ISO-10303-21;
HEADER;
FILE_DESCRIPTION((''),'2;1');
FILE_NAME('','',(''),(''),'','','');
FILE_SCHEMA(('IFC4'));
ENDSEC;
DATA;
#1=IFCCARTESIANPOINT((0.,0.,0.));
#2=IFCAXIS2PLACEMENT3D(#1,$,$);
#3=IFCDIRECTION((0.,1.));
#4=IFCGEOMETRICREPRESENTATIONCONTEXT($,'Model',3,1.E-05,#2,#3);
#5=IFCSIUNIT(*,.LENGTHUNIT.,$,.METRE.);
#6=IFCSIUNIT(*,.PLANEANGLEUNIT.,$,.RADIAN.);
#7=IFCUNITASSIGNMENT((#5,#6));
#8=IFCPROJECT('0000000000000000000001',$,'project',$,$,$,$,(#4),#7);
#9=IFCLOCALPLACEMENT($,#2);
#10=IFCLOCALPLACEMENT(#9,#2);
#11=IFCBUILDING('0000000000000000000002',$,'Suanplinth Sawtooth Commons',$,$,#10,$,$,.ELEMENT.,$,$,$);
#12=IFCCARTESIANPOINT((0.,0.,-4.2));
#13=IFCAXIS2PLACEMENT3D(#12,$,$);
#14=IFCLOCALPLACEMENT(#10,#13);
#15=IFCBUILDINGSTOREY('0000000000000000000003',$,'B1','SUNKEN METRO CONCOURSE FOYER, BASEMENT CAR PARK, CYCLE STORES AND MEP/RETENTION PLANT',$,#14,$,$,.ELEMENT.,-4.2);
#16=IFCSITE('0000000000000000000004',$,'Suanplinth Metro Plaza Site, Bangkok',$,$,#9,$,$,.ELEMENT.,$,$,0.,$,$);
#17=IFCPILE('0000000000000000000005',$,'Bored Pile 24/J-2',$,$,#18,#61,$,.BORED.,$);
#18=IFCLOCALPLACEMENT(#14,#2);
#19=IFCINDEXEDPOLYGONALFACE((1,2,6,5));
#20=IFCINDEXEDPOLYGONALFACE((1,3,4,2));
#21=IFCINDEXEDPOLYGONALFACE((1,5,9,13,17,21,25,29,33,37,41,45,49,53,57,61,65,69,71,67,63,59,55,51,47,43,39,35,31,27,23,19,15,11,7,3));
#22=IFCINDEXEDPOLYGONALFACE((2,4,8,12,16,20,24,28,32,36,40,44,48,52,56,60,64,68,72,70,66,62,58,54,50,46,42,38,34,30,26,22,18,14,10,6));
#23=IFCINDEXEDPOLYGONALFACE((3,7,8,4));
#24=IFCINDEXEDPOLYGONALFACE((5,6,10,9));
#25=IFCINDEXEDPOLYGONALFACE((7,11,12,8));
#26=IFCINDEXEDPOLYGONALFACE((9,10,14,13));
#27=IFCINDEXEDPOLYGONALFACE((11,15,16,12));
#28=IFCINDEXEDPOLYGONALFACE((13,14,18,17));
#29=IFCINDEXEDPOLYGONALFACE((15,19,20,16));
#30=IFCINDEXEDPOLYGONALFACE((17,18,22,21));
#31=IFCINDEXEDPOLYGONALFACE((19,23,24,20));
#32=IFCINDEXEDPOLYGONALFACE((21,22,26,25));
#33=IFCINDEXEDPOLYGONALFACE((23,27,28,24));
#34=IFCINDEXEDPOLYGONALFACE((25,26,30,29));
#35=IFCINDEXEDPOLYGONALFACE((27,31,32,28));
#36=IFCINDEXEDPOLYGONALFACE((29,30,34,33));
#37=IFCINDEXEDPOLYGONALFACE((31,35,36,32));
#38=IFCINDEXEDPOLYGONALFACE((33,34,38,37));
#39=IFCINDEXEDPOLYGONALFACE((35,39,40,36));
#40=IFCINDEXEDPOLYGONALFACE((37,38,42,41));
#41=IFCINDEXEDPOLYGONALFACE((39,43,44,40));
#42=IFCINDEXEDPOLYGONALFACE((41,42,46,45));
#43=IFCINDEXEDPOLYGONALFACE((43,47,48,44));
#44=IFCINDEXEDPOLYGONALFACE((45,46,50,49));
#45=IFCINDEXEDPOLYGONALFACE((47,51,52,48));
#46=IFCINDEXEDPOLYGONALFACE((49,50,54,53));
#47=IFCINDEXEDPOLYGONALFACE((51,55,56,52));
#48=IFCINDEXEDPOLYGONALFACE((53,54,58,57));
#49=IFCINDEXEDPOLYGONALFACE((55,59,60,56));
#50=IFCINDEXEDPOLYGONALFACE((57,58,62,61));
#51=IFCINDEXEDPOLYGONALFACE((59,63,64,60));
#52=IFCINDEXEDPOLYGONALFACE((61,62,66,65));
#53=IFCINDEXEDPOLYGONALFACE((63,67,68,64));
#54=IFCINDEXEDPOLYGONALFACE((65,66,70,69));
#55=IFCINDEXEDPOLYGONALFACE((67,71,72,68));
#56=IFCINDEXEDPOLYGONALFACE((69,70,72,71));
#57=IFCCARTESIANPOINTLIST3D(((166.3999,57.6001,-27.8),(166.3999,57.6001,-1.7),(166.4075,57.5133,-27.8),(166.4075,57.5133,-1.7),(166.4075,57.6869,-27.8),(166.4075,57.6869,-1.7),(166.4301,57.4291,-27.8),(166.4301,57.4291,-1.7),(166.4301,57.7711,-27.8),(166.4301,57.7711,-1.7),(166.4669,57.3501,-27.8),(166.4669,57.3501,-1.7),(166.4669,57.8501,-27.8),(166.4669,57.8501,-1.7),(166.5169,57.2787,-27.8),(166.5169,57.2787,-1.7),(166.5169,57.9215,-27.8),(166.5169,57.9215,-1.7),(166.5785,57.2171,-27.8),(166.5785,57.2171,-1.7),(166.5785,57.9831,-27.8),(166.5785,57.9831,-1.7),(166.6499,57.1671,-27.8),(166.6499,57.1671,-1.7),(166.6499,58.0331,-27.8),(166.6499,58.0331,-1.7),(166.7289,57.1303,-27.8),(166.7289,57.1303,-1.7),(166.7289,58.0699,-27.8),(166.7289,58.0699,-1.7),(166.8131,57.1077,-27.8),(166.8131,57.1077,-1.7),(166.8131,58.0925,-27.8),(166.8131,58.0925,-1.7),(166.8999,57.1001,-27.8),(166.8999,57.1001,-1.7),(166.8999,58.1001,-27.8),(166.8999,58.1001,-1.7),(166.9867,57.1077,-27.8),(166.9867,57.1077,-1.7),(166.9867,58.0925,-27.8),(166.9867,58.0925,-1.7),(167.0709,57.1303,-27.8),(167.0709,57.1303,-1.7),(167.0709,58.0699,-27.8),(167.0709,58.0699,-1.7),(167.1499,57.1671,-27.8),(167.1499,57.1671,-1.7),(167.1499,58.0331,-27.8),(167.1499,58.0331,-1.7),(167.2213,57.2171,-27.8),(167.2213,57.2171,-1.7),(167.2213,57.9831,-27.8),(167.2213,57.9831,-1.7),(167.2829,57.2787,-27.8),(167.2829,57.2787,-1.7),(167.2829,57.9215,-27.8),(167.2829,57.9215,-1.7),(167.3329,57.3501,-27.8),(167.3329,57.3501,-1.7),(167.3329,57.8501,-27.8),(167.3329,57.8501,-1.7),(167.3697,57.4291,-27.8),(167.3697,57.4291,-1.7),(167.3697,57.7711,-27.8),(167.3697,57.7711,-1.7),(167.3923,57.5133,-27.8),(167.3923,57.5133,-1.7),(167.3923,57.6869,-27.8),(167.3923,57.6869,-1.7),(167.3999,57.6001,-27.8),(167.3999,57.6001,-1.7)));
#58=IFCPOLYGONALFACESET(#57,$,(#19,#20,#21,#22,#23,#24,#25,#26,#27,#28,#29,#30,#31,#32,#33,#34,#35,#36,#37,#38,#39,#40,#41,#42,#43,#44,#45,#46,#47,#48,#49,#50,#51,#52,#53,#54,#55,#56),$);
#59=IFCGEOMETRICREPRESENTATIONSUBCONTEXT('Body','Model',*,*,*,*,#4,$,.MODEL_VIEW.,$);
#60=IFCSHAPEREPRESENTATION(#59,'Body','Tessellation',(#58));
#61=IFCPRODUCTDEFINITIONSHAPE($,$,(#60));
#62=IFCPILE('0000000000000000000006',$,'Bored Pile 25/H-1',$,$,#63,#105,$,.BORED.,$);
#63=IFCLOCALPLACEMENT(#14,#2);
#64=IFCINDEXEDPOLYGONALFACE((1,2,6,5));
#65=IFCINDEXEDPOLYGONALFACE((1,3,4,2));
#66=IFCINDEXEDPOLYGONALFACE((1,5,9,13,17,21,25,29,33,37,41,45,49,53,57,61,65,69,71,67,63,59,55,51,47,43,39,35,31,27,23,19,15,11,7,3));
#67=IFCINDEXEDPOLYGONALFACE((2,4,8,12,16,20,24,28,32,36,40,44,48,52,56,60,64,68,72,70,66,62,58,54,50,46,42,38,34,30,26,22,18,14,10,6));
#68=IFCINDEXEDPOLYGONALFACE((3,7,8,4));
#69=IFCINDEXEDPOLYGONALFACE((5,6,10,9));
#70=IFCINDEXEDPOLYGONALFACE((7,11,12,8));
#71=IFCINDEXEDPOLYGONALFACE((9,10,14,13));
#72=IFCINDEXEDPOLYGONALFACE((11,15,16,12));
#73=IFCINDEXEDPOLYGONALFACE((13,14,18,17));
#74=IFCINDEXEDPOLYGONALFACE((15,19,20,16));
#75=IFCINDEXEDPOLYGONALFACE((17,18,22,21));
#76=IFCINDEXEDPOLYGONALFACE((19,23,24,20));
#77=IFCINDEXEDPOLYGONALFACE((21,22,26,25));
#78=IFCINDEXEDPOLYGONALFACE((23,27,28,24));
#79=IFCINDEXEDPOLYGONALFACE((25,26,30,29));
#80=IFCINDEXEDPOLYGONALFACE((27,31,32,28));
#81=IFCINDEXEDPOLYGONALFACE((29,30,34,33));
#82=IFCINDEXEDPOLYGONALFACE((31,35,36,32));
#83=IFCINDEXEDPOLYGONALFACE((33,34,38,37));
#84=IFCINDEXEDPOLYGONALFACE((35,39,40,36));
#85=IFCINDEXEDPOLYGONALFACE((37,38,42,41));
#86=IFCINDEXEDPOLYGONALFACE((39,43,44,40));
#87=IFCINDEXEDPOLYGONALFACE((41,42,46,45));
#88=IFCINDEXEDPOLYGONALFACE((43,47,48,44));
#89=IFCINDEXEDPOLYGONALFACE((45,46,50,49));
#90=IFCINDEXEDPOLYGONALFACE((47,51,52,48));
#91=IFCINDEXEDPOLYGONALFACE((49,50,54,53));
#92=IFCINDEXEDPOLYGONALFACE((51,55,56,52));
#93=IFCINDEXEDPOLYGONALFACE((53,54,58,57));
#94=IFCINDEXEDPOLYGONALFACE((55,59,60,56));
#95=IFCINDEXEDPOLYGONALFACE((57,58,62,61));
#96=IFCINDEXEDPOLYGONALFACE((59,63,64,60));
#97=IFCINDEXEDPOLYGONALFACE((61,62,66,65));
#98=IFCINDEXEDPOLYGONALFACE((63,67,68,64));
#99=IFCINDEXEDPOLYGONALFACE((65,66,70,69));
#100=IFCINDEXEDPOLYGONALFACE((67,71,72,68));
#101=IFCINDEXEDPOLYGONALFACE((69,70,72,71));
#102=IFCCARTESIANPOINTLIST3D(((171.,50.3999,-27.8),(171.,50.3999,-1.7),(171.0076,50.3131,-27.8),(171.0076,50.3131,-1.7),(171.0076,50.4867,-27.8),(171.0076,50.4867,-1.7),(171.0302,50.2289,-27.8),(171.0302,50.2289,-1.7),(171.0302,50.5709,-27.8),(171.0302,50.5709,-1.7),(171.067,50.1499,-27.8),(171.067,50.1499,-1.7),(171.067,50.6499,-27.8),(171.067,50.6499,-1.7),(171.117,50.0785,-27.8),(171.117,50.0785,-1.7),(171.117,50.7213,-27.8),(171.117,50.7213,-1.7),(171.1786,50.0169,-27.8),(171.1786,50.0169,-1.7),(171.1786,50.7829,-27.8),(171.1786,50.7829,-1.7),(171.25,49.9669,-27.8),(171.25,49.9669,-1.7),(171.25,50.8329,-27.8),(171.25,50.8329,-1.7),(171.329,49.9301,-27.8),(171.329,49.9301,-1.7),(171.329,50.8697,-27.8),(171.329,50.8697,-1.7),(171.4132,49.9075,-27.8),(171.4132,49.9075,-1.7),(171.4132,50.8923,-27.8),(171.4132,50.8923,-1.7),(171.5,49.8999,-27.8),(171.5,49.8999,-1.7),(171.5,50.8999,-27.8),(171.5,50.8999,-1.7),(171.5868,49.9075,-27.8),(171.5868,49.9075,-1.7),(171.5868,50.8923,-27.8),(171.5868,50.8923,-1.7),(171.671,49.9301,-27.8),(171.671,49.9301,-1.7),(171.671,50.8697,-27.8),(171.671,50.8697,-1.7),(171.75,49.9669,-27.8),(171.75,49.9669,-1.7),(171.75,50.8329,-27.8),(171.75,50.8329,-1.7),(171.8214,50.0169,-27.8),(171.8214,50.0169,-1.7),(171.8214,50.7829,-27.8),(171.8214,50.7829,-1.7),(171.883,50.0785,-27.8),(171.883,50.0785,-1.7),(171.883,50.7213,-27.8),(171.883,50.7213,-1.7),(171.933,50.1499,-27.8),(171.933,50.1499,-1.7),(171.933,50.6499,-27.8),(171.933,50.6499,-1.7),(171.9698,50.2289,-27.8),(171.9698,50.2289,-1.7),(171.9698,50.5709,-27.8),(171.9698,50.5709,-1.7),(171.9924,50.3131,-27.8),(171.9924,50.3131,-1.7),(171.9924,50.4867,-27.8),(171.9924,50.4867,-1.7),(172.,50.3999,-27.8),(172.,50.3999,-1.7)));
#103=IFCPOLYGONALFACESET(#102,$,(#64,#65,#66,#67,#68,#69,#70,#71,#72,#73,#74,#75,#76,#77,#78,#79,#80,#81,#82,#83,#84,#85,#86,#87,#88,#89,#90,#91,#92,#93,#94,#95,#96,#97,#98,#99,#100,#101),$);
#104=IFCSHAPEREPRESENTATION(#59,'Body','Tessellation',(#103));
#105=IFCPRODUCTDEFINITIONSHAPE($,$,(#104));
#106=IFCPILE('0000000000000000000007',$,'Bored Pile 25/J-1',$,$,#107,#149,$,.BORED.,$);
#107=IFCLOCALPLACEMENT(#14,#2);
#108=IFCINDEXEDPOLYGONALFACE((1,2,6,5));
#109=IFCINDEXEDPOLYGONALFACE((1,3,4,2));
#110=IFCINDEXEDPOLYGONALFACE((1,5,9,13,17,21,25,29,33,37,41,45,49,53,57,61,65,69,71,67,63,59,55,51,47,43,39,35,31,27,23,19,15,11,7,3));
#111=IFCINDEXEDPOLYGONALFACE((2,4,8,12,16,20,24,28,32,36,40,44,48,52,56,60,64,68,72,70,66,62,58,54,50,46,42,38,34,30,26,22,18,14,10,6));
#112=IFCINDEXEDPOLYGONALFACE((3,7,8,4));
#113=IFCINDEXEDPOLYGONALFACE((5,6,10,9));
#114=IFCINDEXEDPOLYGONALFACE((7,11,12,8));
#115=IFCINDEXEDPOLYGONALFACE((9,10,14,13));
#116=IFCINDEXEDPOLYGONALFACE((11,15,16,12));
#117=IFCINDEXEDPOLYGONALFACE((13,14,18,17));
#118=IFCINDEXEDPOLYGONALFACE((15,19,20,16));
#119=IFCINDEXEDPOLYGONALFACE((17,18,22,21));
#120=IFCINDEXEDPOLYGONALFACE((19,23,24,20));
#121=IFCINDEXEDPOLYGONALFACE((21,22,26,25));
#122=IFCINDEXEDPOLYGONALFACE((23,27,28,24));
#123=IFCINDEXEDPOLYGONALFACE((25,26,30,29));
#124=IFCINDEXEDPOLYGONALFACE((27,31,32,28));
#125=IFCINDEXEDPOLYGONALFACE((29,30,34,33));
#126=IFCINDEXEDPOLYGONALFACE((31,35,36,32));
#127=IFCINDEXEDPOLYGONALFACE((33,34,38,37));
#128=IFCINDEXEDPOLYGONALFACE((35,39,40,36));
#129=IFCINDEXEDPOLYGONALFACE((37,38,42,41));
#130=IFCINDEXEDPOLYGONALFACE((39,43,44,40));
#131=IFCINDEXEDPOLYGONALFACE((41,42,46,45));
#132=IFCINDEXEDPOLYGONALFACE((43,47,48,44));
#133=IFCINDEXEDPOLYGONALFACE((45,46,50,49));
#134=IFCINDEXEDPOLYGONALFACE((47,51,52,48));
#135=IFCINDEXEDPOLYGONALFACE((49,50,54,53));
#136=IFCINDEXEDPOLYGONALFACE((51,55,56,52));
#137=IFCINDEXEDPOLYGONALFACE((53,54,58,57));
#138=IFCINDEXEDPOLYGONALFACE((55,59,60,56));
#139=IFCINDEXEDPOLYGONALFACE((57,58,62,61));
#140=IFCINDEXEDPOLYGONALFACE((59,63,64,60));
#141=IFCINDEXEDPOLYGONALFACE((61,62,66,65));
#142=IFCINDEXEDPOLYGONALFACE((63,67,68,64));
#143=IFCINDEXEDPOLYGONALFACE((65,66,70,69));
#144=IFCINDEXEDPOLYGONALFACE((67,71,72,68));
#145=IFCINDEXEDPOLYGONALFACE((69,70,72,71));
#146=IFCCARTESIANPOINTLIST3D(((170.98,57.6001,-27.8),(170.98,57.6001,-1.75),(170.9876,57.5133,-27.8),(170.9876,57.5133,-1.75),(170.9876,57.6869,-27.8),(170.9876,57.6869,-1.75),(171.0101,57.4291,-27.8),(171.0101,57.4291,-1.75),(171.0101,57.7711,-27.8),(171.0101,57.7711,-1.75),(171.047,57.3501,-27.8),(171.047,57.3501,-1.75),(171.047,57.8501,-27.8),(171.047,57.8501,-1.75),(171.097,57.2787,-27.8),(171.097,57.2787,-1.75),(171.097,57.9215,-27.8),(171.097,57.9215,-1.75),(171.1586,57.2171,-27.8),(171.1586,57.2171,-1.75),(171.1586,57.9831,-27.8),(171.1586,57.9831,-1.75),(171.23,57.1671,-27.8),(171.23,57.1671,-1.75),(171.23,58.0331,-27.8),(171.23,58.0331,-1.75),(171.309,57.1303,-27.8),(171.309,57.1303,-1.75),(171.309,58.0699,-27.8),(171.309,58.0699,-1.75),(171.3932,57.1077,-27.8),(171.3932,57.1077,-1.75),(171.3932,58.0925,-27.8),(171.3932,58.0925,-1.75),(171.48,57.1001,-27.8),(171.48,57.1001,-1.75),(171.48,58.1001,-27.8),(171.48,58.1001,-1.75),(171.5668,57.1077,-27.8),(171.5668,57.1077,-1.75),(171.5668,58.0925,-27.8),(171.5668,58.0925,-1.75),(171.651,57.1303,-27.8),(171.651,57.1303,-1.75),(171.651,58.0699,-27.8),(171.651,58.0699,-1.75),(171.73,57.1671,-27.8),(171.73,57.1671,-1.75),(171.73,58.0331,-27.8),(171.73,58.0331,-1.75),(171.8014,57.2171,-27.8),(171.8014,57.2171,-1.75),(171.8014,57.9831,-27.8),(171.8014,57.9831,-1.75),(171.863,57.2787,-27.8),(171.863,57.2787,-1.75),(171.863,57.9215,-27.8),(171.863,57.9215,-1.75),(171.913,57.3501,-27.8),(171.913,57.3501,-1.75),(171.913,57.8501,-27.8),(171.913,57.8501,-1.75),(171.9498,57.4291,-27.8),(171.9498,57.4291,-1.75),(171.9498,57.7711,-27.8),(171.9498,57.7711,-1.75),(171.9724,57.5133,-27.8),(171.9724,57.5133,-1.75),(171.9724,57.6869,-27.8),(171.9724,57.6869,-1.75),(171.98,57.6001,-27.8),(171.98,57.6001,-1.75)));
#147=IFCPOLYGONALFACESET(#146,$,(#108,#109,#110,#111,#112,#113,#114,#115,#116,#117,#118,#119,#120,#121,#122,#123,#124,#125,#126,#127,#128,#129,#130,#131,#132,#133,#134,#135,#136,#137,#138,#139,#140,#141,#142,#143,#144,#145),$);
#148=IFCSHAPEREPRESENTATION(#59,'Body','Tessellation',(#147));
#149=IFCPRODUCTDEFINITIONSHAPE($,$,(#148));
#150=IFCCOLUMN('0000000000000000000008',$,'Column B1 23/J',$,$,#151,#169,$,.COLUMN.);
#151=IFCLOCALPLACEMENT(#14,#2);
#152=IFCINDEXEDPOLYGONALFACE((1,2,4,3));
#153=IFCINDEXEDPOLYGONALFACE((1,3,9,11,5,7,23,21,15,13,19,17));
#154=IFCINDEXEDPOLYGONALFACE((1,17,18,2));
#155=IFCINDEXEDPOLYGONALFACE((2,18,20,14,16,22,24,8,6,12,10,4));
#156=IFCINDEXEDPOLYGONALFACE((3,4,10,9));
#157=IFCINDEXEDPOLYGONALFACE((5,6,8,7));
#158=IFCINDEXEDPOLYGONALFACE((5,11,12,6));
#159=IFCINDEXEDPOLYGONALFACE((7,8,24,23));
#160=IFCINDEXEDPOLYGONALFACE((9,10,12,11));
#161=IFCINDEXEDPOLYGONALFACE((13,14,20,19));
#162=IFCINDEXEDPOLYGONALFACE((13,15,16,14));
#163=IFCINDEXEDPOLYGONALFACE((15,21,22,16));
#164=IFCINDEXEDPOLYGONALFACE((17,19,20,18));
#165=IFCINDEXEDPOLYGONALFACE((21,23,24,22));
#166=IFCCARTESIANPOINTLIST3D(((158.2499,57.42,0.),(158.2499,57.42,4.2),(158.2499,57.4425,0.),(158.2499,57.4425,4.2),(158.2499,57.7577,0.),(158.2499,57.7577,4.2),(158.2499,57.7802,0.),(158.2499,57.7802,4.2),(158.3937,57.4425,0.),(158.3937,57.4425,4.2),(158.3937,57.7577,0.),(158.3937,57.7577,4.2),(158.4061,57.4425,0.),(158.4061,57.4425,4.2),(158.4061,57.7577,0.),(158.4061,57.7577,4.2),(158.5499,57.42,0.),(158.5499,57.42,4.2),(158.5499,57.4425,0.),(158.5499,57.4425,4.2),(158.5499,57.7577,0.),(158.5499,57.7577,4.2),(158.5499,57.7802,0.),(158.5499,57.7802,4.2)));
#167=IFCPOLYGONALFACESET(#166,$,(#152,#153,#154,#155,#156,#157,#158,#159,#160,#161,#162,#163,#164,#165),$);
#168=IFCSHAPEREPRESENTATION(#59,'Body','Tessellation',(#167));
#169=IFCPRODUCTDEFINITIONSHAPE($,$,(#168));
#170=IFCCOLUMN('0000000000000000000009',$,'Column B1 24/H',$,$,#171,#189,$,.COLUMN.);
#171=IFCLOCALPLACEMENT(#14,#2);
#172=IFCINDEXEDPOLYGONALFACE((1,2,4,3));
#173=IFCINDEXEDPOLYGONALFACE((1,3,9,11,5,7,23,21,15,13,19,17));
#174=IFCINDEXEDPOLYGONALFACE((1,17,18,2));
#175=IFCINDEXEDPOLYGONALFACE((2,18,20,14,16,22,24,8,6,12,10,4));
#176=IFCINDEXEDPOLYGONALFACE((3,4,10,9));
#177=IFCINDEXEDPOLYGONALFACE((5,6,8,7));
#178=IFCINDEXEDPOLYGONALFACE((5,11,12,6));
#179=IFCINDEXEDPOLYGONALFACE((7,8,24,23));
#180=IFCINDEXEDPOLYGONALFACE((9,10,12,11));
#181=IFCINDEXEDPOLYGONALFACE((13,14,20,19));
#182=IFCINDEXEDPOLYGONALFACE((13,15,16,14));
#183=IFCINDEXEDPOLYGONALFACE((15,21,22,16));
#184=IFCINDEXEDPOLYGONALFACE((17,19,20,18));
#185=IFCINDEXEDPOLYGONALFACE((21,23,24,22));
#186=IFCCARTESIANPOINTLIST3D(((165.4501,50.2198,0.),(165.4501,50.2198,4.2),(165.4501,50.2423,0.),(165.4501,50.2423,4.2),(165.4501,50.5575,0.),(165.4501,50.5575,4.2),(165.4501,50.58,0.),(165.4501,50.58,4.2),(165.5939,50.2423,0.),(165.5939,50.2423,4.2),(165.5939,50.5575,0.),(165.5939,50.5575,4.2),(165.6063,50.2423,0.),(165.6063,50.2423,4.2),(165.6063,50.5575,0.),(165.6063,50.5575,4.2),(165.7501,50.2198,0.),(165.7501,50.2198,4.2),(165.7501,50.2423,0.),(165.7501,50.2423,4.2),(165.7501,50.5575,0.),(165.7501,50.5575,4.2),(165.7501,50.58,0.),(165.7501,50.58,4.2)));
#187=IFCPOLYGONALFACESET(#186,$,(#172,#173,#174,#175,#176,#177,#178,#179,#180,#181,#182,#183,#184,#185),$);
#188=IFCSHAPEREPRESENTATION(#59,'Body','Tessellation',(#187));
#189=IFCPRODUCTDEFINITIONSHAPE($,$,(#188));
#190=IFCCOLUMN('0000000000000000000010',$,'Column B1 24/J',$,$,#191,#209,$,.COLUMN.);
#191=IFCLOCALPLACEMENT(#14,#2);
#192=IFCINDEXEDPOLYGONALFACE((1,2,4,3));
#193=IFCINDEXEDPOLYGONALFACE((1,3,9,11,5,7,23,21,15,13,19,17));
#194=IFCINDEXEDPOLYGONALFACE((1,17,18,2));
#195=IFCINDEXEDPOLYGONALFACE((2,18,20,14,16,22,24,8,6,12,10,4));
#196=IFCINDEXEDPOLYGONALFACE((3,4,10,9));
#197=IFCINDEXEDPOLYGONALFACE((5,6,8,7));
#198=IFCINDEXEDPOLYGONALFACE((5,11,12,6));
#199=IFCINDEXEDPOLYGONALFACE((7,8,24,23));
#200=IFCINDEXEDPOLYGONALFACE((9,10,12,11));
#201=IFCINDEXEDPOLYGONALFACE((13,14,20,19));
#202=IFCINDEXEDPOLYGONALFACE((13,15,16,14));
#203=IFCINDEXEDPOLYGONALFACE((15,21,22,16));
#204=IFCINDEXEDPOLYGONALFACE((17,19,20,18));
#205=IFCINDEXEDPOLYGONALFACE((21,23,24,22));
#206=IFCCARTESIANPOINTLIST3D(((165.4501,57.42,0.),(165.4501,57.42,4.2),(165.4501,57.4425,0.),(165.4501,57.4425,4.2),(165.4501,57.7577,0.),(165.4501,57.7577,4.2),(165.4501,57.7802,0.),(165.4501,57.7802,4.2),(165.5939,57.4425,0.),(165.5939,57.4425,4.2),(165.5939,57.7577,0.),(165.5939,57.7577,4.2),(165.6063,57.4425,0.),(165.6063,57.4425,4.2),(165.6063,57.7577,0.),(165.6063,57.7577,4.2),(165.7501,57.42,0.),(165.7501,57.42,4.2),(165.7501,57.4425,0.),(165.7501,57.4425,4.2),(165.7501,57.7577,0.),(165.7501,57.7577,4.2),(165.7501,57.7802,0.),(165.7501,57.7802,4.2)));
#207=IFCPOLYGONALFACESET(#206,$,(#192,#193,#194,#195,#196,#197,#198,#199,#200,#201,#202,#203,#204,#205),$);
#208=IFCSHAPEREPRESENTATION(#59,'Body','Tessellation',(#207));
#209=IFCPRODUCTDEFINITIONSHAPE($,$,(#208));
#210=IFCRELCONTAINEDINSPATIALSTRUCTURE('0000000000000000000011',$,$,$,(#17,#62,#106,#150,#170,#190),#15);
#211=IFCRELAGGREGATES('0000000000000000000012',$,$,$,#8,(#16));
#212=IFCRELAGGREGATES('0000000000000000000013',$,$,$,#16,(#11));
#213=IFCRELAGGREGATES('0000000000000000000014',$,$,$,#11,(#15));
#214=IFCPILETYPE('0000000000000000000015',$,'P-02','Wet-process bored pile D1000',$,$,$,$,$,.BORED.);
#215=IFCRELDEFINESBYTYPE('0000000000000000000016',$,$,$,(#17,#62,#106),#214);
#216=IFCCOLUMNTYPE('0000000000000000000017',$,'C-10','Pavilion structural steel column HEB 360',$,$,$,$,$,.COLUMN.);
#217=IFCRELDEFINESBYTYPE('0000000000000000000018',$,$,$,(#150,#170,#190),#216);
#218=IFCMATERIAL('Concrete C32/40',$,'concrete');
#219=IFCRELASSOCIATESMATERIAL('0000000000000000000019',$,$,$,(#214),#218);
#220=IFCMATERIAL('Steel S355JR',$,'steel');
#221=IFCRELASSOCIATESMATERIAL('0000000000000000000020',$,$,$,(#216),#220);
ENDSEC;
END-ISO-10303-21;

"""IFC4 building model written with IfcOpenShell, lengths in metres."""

from ifc_helpers import new_model, si_unit, direction, frame, origin, origin_2d, place, context, subcontext, project, spatial, circle, i_section, extrude, material, material_profile, profile_set, type_object, element, save


model = new_model("IFC4")

# Units and contexts
model_context = context("Model", 3, precision=1e-05, world=origin(), true_north=direction((0.0, 1.0)))
body_context = subcontext(model_context, "Body", "Model", "MODEL_VIEW")
ifc_project = project(units=[si_unit("LENGTHUNIT", "METRE"), si_unit("PLANEANGLEUNIT", "RADIAN")], contexts=[model_context])

# Site, building, storey
site_placement = place(None, origin())
site = spatial("IfcSite", under=ifc_project, at=site_placement, Name="Suanplinth Metro Plaza Site, Bangkok", CompositionType="ELEMENT", RefElevation=0.0)
building_placement = place(site_placement, origin())
building = spatial("IfcBuilding", under=site, at=building_placement, Name="Suanplinth Sawtooth Commons", CompositionType="ELEMENT")
storey_placement = place(building_placement, frame((0.0, 0.0, -4.2)))
storey = spatial("IfcBuildingStorey", under=building, at=storey_placement, Name="B1", Description="SUNKEN METRO CONCOURSE FOYER, BASEMENT CAR PARK, CYCLE STORES AND MEP/RETENTION PLANT", CompositionType="ELEMENT", Elevation=-4.2)

# Piles
ifc_material_1 = material(Name="Concrete C32/40", Category="concrete")
ifc_material_profile_1 = material_profile(ifc_material_1, circle(Radius=0.5, at=origin_2d()), Name="PILE D1000")
ifc_profile_set_1 = profile_set([ifc_material_profile_1], Name="Concrete C32/40")
pile_type_1 = type_object("IfcPileType", Name="P-02", Description="Wet-process bored pile D1000", PredefinedType="BORED", material=ifc_profile_set_1)
for number, where, z_axis, x_axis, name in (
    (1, (166.8999, 57.6001, -1.7), (0.0, 0.0, -1.0), (1.0, 0.0, 0.0), "Bored Pile 24/J-2"),
    (2, (171.5, 50.3999, -1.7), (0.0, 0.0, -1.0), (1.0, 0.0, 0.0), "Bored Pile 25/H-1"),
):
    element("IfcPile", number, at=place(storey_placement, frame(where, z_axis=z_axis, x_axis=x_axis)), inside=storey, type_object=pile_type_1, Name=name, PredefinedType="BORED", context=body_context, shape_type="SweptSolid", body=[
        extrude(circle(Radius=0.5, at=origin_2d()), origin(), (0.0, 0.0, 1.0), 26.1001),
    ])
pile_1_placement = place(storey_placement, frame((171.48, 57.6001, -1.75), z_axis=(0.0, 0.0, -1.0), x_axis=(1.0, 0.0, 0.0)))
element("IfcPile", 3, at=pile_1_placement, inside=storey, type_object=pile_type_1, Name="Bored Pile 25/J-1", PredefinedType="BORED", context=body_context, shape_type="SweptSolid", body=[
    extrude(circle(Radius=0.5, at=origin_2d()), origin(), (0.0, 0.0, 1.0), 26.05),
])

# Columns
ifc_material_2 = material(Name="Steel S355JR", Category="steel")
ifc_material_profile_2 = material_profile(ifc_material_2, i_section(OverallWidth=0.3, OverallDepth=0.3601, WebThickness=0.0125, FlangeThickness=0.0225, at=origin_2d()), Name="HEB 360")
ifc_profile_set_2 = profile_set([ifc_material_profile_2], Name="Steel S355JR")
column_type_1 = type_object("IfcColumnType", Name="C-10", Description="Pavilion structural steel column HEB 360", PredefinedType="COLUMN", material=ifc_profile_set_2)
for number, where, z_axis, x_axis, name in (
    (4, (158.3999, 57.6001, 0.0), (0.0, 0.0, 1.0), (1.0, 0.0, 0.0), "Column B1 23/J"),
    (5, (165.6001, 50.3999, 0.0), (0.0, 0.0, 1.0), (1.0, 0.0, 0.0), "Column B1 24/H"),
    (6, (165.6001, 57.6001, 0.0), (0.0, 0.0, 1.0), (1.0, 0.0, 0.0), "Column B1 24/J"),
):
    element("IfcColumn", number, at=place(storey_placement, frame(where, z_axis=z_axis, x_axis=x_axis)), inside=storey, type_object=column_type_1, Name=name, PredefinedType="COLUMN", context=body_context, shape_type="SweptSolid", body=[
        extrude(i_section(OverallWidth=0.3, OverallDepth=0.3601, WebThickness=0.0125, FlangeThickness=0.0225, at=origin_2d()), origin(), (0.0, 0.0, 1.0), 4.2),
    ])

save(model, "model.ifc")
